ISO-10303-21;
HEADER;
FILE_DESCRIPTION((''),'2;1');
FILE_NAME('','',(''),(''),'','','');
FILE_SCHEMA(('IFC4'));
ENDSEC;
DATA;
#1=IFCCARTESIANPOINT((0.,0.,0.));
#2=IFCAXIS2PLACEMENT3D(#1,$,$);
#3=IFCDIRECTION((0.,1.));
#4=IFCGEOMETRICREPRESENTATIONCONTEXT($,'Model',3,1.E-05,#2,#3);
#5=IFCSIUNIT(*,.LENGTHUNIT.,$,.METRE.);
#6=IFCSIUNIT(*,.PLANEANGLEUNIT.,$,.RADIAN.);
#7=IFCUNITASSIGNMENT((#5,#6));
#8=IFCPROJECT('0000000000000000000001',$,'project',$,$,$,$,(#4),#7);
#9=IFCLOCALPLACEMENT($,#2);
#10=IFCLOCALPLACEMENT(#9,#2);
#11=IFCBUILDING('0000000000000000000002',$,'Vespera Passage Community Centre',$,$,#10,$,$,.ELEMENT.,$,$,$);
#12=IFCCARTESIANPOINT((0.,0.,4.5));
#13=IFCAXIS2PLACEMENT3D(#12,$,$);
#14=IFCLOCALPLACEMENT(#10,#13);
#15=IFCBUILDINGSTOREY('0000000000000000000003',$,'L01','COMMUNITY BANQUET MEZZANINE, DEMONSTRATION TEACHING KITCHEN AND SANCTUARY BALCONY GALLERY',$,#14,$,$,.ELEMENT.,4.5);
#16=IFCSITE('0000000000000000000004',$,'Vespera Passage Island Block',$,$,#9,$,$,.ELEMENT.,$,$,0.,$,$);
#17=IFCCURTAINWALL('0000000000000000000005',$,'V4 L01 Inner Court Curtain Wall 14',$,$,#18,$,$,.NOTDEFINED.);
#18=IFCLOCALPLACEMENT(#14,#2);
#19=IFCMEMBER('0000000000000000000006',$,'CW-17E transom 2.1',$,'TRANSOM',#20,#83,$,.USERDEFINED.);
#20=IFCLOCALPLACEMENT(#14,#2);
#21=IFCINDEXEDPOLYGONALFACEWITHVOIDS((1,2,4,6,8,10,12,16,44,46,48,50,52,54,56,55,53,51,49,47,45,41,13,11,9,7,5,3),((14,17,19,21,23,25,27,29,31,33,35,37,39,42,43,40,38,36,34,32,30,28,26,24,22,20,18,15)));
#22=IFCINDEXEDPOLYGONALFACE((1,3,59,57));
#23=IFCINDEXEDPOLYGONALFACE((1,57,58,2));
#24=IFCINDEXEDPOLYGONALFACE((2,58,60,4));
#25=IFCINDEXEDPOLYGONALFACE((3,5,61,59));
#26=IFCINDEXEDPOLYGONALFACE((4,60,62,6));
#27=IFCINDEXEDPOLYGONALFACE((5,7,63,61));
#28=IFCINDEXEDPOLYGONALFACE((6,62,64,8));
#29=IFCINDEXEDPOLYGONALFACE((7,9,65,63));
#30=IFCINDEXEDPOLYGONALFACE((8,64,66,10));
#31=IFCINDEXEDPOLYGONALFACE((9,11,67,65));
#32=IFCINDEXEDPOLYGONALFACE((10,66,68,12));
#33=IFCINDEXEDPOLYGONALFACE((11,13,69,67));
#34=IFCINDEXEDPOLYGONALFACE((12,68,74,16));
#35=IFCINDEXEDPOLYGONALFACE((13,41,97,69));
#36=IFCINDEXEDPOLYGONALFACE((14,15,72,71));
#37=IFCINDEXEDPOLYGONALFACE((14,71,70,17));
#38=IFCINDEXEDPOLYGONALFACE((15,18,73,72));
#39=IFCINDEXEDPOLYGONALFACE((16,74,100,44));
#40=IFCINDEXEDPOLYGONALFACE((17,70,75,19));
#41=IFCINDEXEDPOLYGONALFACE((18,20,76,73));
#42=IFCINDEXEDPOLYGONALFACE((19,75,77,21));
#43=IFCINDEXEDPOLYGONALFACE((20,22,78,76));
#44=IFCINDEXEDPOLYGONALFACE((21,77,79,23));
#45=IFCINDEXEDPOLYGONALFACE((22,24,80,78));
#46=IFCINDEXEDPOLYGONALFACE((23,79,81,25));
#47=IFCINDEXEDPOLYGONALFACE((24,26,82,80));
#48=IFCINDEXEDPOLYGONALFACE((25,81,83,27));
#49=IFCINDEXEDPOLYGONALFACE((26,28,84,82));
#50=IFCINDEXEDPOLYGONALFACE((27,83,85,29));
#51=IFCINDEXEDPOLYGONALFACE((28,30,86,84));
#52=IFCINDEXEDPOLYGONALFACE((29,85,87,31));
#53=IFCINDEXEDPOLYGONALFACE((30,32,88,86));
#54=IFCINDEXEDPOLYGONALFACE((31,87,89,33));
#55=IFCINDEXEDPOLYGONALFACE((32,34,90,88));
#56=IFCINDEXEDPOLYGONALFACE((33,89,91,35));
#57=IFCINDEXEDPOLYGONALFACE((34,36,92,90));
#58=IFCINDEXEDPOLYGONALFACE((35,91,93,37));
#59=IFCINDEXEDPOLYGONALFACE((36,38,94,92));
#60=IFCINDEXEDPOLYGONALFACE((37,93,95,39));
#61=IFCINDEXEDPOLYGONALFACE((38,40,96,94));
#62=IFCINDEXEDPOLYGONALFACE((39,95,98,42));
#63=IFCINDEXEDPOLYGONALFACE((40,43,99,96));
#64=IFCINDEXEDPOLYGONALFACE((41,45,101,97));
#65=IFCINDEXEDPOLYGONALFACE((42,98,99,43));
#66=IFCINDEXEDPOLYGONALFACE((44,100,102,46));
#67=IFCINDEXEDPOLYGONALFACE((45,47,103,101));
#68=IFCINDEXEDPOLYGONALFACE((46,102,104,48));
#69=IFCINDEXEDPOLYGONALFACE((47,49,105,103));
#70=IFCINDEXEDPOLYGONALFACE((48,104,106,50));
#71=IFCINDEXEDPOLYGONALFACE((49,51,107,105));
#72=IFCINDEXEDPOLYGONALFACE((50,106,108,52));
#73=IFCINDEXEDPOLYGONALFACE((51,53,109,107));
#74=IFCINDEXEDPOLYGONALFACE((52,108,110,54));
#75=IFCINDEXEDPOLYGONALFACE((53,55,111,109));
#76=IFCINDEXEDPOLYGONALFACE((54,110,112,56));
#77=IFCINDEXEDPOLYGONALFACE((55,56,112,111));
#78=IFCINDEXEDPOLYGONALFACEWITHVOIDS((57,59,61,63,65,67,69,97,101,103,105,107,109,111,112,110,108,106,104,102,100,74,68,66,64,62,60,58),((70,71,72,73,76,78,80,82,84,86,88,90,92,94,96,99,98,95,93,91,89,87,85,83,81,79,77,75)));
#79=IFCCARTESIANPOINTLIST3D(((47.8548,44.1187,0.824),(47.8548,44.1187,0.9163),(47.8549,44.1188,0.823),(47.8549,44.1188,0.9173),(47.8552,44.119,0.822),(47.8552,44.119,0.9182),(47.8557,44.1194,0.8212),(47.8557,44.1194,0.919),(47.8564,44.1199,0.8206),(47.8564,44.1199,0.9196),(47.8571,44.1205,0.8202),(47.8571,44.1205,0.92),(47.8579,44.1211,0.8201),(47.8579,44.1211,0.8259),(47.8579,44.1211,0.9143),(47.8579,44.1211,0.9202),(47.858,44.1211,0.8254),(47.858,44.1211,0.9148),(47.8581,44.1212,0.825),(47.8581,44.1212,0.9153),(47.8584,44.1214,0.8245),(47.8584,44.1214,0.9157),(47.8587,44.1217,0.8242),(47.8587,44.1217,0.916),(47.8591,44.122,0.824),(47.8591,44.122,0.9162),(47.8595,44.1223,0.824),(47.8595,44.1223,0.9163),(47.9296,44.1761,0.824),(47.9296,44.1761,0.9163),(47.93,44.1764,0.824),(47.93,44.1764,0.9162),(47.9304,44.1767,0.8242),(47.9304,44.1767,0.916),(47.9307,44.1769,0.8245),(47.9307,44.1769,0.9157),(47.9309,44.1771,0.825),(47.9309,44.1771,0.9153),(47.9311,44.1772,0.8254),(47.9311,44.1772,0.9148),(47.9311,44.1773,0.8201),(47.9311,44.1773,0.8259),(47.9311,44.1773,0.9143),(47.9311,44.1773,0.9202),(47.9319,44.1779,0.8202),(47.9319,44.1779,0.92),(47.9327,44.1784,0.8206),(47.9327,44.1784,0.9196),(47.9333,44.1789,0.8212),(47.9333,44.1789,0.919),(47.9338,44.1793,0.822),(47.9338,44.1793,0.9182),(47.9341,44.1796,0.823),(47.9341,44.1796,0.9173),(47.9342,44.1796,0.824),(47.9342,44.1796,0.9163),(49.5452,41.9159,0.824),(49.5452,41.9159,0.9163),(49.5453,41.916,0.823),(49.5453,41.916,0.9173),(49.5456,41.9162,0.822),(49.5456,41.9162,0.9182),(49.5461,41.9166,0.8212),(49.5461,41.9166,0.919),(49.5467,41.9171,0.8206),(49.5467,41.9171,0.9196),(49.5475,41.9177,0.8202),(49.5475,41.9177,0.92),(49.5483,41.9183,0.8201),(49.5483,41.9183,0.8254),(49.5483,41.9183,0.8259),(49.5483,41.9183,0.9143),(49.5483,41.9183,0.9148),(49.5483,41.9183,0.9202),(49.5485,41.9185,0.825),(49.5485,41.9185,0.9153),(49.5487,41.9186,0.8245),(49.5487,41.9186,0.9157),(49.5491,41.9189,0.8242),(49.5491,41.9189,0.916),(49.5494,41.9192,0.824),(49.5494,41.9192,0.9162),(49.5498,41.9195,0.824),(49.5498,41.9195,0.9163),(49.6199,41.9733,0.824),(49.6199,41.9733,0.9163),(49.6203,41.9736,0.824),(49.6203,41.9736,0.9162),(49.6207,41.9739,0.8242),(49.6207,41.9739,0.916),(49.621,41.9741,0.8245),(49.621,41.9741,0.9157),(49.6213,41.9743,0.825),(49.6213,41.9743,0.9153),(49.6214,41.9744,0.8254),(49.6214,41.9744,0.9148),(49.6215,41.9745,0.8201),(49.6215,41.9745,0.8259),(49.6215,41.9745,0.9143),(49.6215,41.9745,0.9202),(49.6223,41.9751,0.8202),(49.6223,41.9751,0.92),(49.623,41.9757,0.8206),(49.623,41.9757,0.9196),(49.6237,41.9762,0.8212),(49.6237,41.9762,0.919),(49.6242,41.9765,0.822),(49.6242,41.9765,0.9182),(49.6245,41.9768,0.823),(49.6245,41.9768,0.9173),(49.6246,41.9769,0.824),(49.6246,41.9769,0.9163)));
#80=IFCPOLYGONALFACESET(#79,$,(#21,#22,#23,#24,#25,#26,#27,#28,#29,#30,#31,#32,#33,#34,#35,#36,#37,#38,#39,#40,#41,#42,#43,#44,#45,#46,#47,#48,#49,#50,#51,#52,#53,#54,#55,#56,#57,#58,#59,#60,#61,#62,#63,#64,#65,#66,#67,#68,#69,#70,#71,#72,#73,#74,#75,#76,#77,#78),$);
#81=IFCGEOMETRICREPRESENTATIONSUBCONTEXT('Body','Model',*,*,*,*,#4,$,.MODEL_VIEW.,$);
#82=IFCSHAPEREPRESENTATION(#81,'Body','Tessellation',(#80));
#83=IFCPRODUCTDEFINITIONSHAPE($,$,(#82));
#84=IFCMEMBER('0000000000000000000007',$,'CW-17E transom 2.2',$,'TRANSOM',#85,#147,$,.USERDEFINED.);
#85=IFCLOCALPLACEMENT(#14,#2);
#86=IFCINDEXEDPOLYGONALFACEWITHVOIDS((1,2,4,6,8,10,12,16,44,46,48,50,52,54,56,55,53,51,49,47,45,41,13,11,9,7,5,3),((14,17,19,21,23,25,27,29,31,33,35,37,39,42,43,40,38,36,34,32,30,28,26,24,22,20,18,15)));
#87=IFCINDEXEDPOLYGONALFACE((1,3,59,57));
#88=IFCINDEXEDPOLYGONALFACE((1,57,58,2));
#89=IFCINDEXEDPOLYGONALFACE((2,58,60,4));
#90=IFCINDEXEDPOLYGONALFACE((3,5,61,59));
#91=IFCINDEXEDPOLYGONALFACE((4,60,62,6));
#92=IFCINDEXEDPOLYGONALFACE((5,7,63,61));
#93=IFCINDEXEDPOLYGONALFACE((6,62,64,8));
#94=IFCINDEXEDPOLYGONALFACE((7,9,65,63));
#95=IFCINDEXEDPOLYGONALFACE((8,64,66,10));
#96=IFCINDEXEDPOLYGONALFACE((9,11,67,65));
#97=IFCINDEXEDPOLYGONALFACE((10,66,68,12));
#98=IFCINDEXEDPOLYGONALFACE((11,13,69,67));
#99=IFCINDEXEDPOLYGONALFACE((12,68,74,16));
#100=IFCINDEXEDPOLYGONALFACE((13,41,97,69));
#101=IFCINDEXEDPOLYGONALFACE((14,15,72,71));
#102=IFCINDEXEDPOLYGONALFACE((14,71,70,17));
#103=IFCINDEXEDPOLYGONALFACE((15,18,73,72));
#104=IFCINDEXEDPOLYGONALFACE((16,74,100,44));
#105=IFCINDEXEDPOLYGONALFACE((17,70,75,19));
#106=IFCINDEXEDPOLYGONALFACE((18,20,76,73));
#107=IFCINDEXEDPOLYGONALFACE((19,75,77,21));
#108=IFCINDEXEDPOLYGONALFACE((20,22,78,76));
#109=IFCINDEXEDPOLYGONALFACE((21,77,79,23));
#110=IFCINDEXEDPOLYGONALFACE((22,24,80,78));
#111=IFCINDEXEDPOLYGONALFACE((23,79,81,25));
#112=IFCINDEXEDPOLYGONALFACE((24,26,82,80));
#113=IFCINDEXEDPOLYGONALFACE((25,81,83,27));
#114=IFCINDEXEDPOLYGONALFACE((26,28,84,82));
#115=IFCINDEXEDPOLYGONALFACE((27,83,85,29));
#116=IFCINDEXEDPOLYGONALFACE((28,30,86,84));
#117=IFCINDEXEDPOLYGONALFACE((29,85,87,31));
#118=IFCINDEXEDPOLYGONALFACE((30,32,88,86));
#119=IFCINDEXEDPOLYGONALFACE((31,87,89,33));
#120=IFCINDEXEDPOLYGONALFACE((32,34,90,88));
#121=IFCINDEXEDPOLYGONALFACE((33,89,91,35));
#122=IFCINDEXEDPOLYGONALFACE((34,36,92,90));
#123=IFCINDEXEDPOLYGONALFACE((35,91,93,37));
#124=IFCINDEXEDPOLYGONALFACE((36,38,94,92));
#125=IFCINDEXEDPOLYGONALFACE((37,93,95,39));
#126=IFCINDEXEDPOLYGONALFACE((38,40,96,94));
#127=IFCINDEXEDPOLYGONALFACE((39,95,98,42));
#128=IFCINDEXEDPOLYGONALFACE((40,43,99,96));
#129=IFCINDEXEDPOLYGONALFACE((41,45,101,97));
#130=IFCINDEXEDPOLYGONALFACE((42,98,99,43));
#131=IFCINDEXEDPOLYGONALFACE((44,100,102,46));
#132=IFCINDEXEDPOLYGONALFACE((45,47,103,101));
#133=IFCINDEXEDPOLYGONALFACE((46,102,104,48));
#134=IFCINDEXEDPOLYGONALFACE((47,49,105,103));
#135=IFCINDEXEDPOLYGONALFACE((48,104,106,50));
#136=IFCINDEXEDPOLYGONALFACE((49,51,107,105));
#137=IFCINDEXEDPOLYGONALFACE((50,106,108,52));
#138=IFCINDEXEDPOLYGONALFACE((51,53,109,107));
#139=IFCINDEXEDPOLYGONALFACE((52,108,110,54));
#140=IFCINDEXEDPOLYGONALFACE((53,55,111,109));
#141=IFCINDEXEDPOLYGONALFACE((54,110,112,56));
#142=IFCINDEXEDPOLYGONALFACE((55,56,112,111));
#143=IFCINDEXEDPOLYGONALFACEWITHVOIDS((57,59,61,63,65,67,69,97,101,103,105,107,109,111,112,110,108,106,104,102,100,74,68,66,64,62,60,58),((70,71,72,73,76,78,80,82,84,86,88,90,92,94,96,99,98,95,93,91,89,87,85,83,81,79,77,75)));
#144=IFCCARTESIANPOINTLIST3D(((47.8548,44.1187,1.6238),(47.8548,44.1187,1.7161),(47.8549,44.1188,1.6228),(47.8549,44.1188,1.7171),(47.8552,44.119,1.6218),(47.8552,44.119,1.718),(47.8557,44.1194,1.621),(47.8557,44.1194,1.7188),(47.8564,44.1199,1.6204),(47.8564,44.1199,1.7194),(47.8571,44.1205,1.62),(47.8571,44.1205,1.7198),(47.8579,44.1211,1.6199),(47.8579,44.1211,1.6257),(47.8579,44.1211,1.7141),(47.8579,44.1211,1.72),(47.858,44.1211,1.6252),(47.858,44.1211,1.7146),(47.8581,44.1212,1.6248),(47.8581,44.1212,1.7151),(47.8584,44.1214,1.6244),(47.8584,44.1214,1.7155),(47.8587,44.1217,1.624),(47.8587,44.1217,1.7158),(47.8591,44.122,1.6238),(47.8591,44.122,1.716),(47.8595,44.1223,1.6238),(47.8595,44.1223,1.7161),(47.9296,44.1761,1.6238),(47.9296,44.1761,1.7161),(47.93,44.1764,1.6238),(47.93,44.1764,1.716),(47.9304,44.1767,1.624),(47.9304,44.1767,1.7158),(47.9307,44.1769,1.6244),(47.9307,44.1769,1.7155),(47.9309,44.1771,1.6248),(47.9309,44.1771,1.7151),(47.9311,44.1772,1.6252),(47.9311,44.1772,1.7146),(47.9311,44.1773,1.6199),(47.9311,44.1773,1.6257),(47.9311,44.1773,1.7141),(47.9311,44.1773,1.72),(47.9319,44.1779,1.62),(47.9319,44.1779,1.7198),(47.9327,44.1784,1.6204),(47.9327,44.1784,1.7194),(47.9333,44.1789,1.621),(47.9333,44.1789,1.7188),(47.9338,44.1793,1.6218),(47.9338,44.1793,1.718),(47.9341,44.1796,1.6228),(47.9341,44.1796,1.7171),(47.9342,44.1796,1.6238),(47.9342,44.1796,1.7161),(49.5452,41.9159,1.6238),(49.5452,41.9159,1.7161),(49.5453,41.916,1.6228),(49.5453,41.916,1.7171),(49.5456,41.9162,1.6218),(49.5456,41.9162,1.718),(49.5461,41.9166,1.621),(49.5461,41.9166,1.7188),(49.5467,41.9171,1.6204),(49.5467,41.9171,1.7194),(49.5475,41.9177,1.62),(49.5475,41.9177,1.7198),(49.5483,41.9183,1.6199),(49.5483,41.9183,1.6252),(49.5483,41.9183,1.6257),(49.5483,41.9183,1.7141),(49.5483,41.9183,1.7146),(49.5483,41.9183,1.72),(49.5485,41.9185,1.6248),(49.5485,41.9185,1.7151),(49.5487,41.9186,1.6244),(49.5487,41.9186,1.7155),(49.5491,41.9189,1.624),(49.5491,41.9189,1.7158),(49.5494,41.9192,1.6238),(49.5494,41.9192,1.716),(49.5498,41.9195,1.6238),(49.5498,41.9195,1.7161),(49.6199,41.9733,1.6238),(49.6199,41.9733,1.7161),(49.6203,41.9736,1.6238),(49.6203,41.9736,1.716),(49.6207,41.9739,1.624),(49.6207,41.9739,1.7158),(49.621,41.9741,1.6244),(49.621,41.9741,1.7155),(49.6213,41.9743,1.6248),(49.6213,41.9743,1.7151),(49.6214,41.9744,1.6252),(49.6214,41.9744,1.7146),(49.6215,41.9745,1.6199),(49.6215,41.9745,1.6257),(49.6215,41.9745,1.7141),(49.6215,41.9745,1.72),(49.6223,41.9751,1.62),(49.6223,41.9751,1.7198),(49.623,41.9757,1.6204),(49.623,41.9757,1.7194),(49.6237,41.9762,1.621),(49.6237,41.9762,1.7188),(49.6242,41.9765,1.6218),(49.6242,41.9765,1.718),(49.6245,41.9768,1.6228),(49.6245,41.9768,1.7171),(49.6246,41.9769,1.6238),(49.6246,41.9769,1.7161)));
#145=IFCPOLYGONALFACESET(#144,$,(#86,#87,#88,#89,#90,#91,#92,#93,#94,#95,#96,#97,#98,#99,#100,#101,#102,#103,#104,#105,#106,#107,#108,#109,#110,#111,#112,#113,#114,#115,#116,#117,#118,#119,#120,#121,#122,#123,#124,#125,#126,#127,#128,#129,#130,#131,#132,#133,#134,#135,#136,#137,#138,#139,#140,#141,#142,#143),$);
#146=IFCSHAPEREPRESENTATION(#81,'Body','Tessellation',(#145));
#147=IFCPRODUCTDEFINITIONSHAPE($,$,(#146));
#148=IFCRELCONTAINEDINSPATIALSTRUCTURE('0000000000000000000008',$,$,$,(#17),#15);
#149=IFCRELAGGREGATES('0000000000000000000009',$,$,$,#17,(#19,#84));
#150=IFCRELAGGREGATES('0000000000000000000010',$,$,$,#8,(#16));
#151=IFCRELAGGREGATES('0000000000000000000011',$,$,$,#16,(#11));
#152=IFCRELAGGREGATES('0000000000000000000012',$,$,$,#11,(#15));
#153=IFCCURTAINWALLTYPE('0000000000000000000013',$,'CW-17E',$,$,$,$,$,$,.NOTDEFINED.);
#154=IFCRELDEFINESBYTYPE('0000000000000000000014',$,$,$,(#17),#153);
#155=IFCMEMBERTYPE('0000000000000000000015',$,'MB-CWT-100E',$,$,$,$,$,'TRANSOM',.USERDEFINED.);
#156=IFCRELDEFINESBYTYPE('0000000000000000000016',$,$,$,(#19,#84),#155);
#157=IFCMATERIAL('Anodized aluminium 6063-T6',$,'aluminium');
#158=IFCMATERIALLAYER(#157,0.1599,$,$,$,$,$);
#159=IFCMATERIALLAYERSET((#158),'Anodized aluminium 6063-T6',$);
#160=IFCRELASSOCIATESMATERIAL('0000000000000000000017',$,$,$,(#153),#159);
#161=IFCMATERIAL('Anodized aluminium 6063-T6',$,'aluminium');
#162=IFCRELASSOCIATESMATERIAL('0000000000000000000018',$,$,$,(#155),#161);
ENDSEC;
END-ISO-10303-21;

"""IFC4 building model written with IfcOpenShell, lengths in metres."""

from ifc_helpers import new_model, si_unit, direction, frame, origin, origin_2d, place, context, subcontext, project, spatial, hollow_rectangle, extrude, material, layer, layer_set, material_profile, profile_set, type_object, element, aggregate, save


model = new_model("IFC4")

# Units and contexts
model_context = context("Model", 3, precision=1e-05, world=origin(), true_north=direction((0.0, 1.0)))
body_context = subcontext(model_context, "Body", "Model", "MODEL_VIEW")
ifc_project = project(units=[si_unit("LENGTHUNIT", "METRE"), si_unit("PLANEANGLEUNIT", "RADIAN")], contexts=[model_context])

# Site, building, storey
site_placement = place(None, origin())
site = spatial("IfcSite", under=ifc_project, at=site_placement, Name="Vespera Passage Island Block", CompositionType="ELEMENT", RefElevation=0.0)
building_placement = place(site_placement, origin())
building = spatial("IfcBuilding", under=site, at=building_placement, Name="Vespera Passage Community Centre", CompositionType="ELEMENT")
storey_placement = place(building_placement, frame((0.0, 0.0, 4.5)))
storey = spatial("IfcBuildingStorey", under=building, at=storey_placement, Name="L01", Description="COMMUNITY BANQUET MEZZANINE, DEMONSTRATION TEACHING KITCHEN AND SANCTUARY BALCONY GALLERY", CompositionType="ELEMENT", Elevation=4.5)

# Curtain wall
ifc_material_1 = material(Name="Anodized aluminium 6063-T6", Category="aluminium")
ifc_layer_1 = layer(ifc_material_1, 0.1599)
ifc_layer_set_1 = layer_set([ifc_layer_1], Name="Anodized aluminium 6063-T6")
curtain_wall_type_1 = type_object("IfcCurtainWallType", Name="CW-17E", PredefinedType="NOTDEFINED", material=ifc_layer_set_1)
curtain_wall_1_placement = place(storey_placement, origin())
curtain_wall_1 = element("IfcCurtainWall", 1, at=curtain_wall_1_placement, inside=storey, type_object=curtain_wall_type_1, Name="V4 L01 Inner Court Curtain Wall 14", PredefinedType="NOTDEFINED")

# Members
ifc_material_2 = material(Name="Anodized aluminium 6063-T6", Category="aluminium")
ifc_material_profile_1 = material_profile(ifc_material_2, hollow_rectangle(XDim=0.1001, YDim=0.1001, WallThickness=0.0039, InnerFilletRadius=0.002, OuterFilletRadius=0.0039, at=origin_2d()), Name="ALU100X100X4")
ifc_profile_set_1 = profile_set([ifc_material_profile_1], Name="Anodized aluminium 6063-T6")
member_type_1 = type_object("IfcMemberType", Name="MB-CWT-100E", ElementType="TRANSOM", PredefinedType="USERDEFINED", material=ifc_profile_set_1)
member_1_placement = place(storey_placement, frame((47.8945, 44.1492, 0.8701), z_axis=(0.608784, -0.793336, 0.0), x_axis=(0.793336, 0.608784, 0.0)))
member_1 = element("IfcMember", 2, at=member_1_placement, type_object=member_type_1, Name="CW-17E transom 2.1", ObjectType="TRANSOM", PredefinedType="USERDEFINED", context=body_context, shape_type="SweptSolid", body=[
    extrude(hollow_rectangle(XDim=0.1001, YDim=0.1001, WallThickness=0.0039, InnerFilletRadius=0.002, OuterFilletRadius=0.0039, at=origin_2d()), origin(), (0.0, 0.0, 1.0), 2.7766),
])
member_2_placement = place(storey_placement, frame((47.8945, 44.1492, 1.6699), z_axis=(0.608784, -0.793336, 0.0), x_axis=(0.793336, 0.608784, 0.0)))
member_2 = element("IfcMember", 3, at=member_2_placement, type_object=member_type_1, Name="CW-17E transom 2.2", ObjectType="TRANSOM", PredefinedType="USERDEFINED", context=body_context, shape_type="SweptSolid", body=[
    extrude(hollow_rectangle(XDim=0.1001, YDim=0.1001, WallThickness=0.0039, InnerFilletRadius=0.002, OuterFilletRadius=0.0039, at=origin_2d()), origin(), (0.0, 0.0, 1.0), 2.7766),
])

aggregate(curtain_wall_1, [member_1, member_2])

save(model, "model.ifc")
